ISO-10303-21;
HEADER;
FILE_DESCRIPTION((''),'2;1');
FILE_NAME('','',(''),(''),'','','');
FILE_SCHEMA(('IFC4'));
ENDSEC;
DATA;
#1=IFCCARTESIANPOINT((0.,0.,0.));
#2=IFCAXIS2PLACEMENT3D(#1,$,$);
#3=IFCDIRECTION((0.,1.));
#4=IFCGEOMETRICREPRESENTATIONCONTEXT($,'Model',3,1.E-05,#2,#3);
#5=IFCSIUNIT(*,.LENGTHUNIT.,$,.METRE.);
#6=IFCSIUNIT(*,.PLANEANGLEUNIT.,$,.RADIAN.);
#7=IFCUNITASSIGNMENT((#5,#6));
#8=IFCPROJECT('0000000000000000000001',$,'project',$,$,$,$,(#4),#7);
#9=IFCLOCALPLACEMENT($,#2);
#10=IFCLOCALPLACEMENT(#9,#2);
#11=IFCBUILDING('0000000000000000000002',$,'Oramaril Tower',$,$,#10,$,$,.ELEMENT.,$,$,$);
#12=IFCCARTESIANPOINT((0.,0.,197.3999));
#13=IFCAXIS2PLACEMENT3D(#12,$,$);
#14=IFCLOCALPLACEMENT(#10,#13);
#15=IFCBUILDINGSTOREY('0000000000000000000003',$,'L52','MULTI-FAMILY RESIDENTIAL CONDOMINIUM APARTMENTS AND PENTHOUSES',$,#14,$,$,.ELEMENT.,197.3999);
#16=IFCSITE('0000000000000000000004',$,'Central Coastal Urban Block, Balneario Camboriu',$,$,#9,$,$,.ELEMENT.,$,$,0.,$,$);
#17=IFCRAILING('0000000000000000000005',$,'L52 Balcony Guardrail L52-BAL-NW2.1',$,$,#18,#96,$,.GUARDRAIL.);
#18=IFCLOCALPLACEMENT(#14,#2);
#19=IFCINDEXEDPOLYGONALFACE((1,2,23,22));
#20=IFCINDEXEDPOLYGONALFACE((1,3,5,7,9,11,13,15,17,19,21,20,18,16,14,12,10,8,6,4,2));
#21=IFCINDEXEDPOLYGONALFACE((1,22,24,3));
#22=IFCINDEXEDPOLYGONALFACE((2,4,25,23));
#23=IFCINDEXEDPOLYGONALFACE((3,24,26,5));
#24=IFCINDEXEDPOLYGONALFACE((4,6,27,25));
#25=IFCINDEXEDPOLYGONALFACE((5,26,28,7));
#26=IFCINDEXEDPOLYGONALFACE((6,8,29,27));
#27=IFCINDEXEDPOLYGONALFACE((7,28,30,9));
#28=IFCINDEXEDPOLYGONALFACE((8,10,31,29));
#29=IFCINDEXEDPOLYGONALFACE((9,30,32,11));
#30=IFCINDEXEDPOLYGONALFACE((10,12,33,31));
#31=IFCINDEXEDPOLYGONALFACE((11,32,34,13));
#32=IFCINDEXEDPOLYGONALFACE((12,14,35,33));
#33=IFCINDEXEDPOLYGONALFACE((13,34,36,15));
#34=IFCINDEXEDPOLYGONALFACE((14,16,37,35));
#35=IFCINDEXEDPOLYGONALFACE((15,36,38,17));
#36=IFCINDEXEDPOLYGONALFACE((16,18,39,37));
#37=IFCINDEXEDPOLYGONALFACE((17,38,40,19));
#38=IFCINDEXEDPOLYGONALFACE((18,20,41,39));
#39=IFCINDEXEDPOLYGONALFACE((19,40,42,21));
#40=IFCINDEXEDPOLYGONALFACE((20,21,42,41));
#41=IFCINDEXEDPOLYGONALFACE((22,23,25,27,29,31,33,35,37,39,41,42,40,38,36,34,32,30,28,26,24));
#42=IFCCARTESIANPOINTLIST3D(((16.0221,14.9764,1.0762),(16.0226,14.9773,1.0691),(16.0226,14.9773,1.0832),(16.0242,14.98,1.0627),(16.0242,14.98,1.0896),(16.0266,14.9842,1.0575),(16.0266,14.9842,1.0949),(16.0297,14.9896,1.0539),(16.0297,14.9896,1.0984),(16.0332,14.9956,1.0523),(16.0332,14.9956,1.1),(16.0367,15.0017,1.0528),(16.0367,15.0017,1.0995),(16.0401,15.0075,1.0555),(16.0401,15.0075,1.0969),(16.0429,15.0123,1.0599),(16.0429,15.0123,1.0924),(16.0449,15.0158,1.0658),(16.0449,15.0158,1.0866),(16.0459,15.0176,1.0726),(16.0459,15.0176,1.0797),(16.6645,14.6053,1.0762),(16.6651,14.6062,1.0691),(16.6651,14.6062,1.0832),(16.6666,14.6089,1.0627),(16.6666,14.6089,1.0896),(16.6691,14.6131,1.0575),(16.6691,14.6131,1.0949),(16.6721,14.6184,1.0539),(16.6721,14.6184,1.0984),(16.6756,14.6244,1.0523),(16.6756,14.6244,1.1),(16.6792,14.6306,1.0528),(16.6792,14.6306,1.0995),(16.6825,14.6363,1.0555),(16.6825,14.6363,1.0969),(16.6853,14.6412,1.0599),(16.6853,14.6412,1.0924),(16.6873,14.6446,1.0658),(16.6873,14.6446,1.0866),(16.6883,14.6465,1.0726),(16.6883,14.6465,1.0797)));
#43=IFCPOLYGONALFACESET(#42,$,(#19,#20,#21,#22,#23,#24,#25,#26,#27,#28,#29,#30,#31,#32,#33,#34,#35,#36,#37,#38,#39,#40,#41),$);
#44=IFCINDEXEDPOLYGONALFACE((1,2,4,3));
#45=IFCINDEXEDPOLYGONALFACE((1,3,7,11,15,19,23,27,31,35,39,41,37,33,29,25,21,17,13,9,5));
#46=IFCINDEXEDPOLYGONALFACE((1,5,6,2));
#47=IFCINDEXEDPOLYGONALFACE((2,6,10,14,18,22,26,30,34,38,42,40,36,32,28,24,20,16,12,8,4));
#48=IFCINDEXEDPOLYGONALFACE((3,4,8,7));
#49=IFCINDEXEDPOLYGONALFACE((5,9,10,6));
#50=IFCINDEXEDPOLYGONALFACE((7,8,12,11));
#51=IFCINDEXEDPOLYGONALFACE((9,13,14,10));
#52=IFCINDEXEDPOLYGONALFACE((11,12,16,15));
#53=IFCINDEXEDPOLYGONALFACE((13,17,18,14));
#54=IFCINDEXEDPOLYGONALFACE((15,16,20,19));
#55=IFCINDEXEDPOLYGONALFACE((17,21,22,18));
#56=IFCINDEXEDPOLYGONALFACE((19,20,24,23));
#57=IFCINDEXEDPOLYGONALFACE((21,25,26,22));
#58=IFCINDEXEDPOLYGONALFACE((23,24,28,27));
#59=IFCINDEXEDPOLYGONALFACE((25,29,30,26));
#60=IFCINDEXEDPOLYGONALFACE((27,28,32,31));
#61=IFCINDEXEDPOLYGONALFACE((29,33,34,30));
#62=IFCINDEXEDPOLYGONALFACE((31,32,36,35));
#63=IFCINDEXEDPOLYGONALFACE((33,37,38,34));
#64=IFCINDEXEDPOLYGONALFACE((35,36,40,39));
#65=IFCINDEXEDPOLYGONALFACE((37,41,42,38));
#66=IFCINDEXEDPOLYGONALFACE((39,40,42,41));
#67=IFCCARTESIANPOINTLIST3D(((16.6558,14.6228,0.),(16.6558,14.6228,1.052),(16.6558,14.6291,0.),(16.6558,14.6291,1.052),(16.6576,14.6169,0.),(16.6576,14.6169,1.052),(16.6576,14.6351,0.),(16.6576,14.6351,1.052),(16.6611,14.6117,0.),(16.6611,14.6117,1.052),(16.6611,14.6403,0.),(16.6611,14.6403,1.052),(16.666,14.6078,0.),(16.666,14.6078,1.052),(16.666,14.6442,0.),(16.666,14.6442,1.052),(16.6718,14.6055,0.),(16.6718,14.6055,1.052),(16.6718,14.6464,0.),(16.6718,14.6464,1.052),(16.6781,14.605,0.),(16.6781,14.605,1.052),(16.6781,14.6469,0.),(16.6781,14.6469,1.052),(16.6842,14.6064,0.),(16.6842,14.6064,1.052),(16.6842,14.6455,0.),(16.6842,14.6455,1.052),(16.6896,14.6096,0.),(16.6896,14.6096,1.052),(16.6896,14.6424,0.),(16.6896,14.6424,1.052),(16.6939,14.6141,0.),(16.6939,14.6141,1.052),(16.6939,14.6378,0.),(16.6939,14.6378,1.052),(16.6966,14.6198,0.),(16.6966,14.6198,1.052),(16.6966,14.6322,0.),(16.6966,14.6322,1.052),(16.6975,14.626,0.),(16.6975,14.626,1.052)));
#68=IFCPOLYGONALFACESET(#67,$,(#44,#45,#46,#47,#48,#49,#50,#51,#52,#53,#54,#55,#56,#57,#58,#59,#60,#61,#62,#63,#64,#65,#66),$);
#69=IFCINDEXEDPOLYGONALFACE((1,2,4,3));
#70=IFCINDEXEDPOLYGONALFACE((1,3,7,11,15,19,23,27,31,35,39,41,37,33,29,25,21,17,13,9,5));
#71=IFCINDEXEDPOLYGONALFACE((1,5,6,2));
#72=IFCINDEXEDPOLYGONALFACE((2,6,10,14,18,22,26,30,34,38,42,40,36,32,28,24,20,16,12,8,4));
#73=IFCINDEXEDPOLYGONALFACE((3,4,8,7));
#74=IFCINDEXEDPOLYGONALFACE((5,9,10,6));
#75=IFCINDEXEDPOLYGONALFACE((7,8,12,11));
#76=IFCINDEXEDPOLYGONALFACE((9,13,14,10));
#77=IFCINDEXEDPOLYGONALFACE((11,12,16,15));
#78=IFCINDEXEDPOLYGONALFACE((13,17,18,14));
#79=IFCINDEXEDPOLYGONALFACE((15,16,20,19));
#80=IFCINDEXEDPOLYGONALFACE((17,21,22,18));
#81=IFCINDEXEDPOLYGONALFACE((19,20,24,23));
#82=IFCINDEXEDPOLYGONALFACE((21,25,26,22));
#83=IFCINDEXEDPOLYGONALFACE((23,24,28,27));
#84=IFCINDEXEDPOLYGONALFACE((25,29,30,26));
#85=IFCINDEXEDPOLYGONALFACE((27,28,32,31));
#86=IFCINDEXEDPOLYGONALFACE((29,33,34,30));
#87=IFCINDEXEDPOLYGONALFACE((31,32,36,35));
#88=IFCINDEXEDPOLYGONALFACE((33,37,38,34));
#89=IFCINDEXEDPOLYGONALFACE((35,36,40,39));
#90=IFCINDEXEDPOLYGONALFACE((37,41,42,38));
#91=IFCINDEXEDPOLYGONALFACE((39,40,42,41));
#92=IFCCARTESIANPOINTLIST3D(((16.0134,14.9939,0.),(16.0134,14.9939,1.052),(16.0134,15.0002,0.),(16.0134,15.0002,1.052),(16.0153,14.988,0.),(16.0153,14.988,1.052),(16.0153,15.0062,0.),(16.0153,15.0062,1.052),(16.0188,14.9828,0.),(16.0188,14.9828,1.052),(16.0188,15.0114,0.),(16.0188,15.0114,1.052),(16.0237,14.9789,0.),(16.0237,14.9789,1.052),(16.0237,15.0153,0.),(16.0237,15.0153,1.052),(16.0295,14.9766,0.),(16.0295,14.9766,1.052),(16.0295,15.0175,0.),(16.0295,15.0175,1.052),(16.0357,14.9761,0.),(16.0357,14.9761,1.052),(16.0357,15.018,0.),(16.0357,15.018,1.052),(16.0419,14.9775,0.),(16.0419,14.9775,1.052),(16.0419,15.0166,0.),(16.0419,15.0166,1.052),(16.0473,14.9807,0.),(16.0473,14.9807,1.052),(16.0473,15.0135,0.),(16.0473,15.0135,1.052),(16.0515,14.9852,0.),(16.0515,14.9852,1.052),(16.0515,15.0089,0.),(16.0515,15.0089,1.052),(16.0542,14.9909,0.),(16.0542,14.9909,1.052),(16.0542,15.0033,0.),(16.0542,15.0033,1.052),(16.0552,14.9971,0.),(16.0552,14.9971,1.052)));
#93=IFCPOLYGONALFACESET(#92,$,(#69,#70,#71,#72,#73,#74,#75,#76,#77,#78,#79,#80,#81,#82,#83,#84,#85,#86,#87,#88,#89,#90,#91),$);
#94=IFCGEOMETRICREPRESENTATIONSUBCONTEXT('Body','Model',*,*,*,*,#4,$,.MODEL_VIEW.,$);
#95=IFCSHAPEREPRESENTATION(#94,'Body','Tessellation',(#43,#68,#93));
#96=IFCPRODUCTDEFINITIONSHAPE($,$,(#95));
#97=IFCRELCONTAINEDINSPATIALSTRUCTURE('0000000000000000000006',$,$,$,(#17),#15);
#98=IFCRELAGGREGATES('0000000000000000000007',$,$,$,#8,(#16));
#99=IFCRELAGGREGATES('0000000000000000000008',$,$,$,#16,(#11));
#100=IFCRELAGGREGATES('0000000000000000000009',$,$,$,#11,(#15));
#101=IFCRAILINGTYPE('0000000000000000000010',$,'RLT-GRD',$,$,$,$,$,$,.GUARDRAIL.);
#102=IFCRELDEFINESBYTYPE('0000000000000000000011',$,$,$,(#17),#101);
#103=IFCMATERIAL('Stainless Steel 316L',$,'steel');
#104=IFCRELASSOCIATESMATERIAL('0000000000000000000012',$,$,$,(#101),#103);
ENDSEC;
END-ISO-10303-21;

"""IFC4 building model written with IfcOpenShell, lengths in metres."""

from ifc_helpers import new_model, si_unit, direction, frame, origin, origin_2d, place, context, subcontext, project, spatial, circle, extrude, material, type_object, element, save


model = new_model("IFC4")

# Units and contexts
model_context = context("Model", 3, precision=1e-05, world=origin(), true_north=direction((0.0, 1.0)))
body_context = subcontext(model_context, "Body", "Model", "MODEL_VIEW")
ifc_project = project(units=[si_unit("LENGTHUNIT", "METRE"), si_unit("PLANEANGLEUNIT", "RADIAN")], contexts=[model_context])

# Site, building, storey
site_placement = place(None, origin())
site = spatial("IfcSite", under=ifc_project, at=site_placement, Name="Central Coastal Urban Block, Balneario Camboriu", CompositionType="ELEMENT", RefElevation=0.0)
building_placement = place(site_placement, origin())
building = spatial("IfcBuilding", under=site, at=building_placement, Name="Oramaril Tower", CompositionType="ELEMENT")
storey_placement = place(building_placement, frame((0.0, 0.0, 197.3999)))
storey = spatial("IfcBuildingStorey", under=building, at=storey_placement, Name="L52", Description="MULTI-FAMILY RESIDENTIAL CONDOMINIUM APARTMENTS AND PENTHOUSES", CompositionType="ELEMENT", Elevation=197.3999)

# Railing
ifc_material_1 = material(Name="Stainless Steel 316L", Category="steel")
railing_type = type_object("IfcRailingType", Name="RLT-GRD", PredefinedType="GUARDRAIL", material=ifc_material_1)
railing_1_placement = place(storey_placement, frame((16.6765, 14.626, 0.0)))
element("IfcRailing", 1, at=railing_1_placement, inside=storey, type_object=railing_type, Name="L52 Balcony Guardrail L52-BAL-NW2.1", PredefinedType="GUARDRAIL", context=body_context, shape_type="SweptSolid", body=[
    extrude(circle(Radius=0.0239, at=origin_2d()), frame((0.0, 0.0, 1.0762), z_axis=(-0.865884, 0.500245, 0.0), x_axis=(-0.500245, -0.865884, 0.0)), (0.0, 0.0, 1.0), 0.7419),
    extrude(circle(Radius=0.021, at=origin_2d()), origin(), (0.0, 0.0, 1.0), 1.052),
    extrude(circle(Radius=0.021, at=origin_2d()), frame((-0.6423, 0.3711, 0.0)), (0.0, 0.0, 1.0), 1.052),
])

save(model, "model.ifc")
